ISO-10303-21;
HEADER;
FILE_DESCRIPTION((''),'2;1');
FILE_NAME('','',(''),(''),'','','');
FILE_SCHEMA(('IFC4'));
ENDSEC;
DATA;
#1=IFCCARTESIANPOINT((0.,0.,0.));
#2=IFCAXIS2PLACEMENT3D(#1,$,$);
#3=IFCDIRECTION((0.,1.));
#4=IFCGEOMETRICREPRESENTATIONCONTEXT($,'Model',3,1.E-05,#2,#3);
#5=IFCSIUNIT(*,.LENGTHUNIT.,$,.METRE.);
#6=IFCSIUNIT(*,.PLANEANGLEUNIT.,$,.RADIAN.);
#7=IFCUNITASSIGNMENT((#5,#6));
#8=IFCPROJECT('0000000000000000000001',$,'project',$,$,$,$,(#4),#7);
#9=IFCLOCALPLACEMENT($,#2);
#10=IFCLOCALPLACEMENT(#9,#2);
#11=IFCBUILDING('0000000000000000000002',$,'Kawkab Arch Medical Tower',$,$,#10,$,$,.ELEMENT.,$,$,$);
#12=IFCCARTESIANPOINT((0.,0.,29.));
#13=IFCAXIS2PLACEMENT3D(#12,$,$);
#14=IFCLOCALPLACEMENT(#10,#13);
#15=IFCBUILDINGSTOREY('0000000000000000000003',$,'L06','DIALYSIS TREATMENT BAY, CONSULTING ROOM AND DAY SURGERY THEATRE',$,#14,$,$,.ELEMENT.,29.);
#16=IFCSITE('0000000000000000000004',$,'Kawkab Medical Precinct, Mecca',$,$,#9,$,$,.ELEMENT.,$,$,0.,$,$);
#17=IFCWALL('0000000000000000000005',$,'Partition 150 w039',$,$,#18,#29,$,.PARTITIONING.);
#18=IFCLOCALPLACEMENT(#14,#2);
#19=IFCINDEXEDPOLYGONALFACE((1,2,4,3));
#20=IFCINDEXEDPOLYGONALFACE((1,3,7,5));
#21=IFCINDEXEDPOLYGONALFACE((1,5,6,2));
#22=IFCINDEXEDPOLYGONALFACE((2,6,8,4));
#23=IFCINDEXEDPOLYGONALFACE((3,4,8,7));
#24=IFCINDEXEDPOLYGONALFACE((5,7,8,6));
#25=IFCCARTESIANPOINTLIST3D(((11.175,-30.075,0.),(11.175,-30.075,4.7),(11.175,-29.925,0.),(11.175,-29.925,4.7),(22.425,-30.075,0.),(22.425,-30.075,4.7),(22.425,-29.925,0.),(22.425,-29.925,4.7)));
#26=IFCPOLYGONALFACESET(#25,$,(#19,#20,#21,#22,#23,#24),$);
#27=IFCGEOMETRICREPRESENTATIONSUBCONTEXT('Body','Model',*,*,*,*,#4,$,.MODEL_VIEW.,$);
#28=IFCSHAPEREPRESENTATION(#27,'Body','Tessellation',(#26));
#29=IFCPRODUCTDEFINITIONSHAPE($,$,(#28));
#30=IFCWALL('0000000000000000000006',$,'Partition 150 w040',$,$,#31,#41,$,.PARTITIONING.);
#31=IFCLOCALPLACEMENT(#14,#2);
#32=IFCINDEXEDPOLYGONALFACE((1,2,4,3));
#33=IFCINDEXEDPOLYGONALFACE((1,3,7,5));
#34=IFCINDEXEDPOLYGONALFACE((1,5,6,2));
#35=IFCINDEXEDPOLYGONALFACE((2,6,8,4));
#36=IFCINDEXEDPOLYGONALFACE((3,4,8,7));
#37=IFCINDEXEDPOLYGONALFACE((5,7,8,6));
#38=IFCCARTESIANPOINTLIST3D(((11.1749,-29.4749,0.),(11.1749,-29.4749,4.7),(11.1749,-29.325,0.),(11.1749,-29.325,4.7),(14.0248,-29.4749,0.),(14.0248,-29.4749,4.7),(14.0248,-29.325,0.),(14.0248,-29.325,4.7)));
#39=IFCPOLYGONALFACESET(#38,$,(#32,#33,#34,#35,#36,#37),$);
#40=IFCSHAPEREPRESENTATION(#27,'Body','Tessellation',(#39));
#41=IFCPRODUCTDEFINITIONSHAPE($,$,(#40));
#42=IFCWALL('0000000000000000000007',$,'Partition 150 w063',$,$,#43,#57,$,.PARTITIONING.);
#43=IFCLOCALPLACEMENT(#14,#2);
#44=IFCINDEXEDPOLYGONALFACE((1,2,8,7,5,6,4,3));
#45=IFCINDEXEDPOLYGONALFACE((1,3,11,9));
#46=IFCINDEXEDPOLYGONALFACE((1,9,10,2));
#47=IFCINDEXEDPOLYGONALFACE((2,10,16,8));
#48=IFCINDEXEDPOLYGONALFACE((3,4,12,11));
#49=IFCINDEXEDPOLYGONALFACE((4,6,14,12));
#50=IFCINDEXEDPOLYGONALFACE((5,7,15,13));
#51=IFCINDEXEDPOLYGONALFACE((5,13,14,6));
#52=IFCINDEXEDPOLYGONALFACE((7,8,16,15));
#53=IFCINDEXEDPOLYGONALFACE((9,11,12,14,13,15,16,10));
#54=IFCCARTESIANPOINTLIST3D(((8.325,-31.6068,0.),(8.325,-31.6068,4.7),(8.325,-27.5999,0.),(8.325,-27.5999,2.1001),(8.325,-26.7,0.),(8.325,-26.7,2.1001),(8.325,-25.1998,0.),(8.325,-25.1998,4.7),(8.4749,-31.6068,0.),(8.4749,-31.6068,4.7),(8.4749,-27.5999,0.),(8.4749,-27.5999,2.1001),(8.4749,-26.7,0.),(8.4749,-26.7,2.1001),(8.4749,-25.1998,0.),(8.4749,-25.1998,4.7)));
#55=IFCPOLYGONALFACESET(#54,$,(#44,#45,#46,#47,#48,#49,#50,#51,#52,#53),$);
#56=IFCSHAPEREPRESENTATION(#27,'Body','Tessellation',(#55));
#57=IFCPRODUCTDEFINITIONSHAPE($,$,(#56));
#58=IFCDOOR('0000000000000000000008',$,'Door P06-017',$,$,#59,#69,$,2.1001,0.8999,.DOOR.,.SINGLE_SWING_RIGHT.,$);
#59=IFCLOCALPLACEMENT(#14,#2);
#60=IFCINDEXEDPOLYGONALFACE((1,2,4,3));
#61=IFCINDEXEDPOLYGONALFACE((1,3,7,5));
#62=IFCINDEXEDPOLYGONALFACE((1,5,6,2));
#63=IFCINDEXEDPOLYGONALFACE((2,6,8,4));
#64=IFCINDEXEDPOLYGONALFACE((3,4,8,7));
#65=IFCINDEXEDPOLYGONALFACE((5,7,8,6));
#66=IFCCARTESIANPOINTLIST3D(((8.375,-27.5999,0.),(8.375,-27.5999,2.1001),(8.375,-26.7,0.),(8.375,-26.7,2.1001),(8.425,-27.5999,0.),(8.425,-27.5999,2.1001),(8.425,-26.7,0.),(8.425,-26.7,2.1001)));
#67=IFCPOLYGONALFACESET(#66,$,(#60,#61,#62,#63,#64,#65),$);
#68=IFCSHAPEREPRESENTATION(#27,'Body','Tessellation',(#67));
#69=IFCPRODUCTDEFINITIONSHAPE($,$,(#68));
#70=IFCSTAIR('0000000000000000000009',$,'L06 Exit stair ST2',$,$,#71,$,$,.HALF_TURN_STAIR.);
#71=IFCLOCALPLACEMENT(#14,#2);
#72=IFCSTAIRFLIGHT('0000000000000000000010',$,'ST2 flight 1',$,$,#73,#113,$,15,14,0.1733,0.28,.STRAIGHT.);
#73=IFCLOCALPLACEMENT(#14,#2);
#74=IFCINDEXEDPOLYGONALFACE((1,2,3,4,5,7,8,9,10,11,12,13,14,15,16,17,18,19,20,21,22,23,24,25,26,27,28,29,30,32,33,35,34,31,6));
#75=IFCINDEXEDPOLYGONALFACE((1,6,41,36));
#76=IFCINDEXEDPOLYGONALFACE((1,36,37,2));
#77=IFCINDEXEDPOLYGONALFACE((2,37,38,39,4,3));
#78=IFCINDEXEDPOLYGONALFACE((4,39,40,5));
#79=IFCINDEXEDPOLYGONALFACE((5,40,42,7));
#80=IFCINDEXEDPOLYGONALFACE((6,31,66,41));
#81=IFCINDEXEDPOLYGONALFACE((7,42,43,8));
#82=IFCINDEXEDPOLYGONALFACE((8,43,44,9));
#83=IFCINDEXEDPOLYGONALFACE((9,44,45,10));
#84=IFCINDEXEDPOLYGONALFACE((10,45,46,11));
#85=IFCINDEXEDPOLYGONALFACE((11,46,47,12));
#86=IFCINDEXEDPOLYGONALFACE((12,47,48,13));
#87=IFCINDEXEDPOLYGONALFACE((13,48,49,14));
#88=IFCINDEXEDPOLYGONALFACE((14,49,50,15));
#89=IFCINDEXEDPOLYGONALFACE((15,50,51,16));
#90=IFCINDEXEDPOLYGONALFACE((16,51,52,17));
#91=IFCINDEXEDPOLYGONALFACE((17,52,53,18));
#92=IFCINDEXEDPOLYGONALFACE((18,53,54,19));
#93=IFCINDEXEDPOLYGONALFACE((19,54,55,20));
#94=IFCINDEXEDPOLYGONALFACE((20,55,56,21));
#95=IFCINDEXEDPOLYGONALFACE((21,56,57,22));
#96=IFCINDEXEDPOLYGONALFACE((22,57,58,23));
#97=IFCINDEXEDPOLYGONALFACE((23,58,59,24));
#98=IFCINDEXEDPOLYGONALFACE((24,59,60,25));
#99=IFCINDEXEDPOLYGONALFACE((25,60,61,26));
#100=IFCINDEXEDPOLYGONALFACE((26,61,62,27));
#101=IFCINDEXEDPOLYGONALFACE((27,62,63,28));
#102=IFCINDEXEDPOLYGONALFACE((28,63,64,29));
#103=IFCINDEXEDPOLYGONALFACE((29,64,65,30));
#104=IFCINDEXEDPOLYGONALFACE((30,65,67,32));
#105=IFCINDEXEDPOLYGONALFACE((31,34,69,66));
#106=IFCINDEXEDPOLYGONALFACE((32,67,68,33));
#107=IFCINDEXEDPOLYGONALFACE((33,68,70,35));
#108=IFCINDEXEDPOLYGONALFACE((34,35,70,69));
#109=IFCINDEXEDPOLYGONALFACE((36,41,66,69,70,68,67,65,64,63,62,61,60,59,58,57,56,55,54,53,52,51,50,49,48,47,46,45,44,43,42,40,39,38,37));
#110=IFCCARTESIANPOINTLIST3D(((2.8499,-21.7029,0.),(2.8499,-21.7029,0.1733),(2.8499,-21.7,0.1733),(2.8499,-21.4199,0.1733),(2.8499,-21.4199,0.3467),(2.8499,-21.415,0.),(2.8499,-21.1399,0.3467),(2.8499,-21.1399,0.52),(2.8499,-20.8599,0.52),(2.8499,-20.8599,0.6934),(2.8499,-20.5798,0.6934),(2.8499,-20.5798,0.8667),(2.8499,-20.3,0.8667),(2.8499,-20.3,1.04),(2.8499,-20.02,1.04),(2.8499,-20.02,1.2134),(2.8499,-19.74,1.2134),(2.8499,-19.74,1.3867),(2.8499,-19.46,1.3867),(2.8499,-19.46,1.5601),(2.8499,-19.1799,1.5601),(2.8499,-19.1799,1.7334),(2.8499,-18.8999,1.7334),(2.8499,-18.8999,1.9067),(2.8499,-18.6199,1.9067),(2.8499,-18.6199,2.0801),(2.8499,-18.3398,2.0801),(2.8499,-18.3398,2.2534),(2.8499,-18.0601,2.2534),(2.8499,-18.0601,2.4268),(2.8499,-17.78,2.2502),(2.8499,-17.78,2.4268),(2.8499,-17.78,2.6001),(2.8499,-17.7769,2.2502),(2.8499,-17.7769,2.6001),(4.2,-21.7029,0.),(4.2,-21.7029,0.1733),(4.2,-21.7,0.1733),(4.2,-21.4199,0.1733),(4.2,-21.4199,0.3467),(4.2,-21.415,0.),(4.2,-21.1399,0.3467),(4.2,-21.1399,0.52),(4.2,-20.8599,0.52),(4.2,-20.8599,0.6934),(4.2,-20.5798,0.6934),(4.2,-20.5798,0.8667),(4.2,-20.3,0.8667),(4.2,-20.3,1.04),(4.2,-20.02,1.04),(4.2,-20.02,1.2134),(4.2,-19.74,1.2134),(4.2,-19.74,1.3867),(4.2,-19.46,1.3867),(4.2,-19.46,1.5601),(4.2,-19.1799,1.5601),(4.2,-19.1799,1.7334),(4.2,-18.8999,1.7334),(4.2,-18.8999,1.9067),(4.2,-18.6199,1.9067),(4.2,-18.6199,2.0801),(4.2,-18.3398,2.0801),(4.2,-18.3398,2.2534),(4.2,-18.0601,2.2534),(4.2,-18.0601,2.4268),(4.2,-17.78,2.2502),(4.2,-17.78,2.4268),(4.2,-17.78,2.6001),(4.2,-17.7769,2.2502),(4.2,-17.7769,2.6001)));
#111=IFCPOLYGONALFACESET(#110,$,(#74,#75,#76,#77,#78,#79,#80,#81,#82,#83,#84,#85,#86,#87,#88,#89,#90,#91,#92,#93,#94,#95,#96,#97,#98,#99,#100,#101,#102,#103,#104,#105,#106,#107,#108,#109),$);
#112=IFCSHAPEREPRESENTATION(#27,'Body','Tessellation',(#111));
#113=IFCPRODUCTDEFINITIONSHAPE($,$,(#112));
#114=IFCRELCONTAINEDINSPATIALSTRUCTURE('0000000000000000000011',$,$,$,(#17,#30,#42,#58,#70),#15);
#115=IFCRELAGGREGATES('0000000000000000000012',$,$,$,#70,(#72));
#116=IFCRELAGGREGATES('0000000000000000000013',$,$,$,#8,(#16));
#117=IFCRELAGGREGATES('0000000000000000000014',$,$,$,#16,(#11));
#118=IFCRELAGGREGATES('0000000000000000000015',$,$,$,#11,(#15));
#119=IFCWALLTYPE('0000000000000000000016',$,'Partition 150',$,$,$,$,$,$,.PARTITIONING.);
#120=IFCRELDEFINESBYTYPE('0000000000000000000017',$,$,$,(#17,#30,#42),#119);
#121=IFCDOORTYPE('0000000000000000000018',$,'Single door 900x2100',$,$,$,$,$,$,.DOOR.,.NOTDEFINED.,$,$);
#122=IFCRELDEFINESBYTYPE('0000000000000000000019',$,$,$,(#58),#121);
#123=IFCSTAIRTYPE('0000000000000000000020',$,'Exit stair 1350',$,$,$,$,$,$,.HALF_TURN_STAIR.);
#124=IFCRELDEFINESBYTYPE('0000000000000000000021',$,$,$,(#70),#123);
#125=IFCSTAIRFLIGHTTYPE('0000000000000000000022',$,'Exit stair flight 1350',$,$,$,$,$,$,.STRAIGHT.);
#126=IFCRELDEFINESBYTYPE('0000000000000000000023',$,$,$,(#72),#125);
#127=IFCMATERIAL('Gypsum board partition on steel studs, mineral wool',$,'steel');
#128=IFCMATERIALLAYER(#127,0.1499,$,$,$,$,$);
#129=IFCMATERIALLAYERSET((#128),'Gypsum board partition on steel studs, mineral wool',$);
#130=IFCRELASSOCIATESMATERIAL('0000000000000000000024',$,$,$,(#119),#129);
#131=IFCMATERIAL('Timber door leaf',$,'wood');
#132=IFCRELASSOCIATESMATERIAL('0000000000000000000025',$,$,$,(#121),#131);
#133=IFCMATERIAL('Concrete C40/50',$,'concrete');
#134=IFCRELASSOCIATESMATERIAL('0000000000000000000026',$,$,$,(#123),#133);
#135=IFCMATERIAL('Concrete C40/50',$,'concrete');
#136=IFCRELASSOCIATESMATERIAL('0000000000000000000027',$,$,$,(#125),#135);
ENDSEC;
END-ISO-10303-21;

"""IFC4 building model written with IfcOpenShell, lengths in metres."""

from ifc_helpers import new_model, si_unit, direction, frame, frame_2d, origin, place, context, subcontext, project, spatial, polyline, rectangle, outline, extrude, material, layer, layer_set, type_object, element, fill, aggregate, save


model = new_model("IFC4")

# Units and contexts
model_context = context("Model", 3, precision=1e-05, world=origin(), true_north=direction((0.0, 1.0)))
body_context = subcontext(model_context, "Body", "Model", "MODEL_VIEW")
ifc_project = project(units=[si_unit("LENGTHUNIT", "METRE"), si_unit("PLANEANGLEUNIT", "RADIAN")], contexts=[model_context])

# Site, building, storey
site_placement = place(None, origin())
site = spatial("IfcSite", under=ifc_project, at=site_placement, Name="Kawkab Medical Precinct, Mecca", CompositionType="ELEMENT", RefElevation=0.0)
building_placement = place(site_placement, origin())
building = spatial("IfcBuilding", under=site, at=building_placement, Name="Kawkab Arch Medical Tower", CompositionType="ELEMENT")
storey_placement = place(building_placement, frame((0.0, 0.0, 29.0)))
storey = spatial("IfcBuildingStorey", under=building, at=storey_placement, Name="L06", Description="DIALYSIS TREATMENT BAY, CONSULTING ROOM AND DAY SURGERY THEATRE", CompositionType="ELEMENT", Elevation=29.0)

# Walls
ifc_material_1 = material(Name="Gypsum board partition on steel studs, mineral wool", Category="steel")
ifc_layer_1 = layer(ifc_material_1, 0.1499)
ifc_layer_set_1 = layer_set([ifc_layer_1], Name="Gypsum board partition on steel studs, mineral wool")
wall_type_1 = type_object("IfcWallType", Name="Partition 150", PredefinedType="PARTITIONING", material=ifc_layer_set_1)
wall_1_placement = place(storey_placement, frame((11.175, -30.0, 0.0), z_axis=(0.0, 0.0, 1.0), x_axis=(1.0, 0.0, 0.0)))
element("IfcWall", 1, at=wall_1_placement, inside=storey, type_object=wall_type_1, Name="Partition 150 w039", PredefinedType="PARTITIONING", context=body_context, shape_type="SweptSolid", body=[
    extrude(rectangle(XDim=11.25, YDim=0.1499, at=frame_2d((5.625, 0.0))), origin(), (0.0, 0.0, 1.0), 4.7),
])
wall_2_placement = place(storey_placement, frame((11.175, -29.3999, 0.0), z_axis=(0.0, 0.0, 1.0), x_axis=(1.0, 0.0, 0.0)))
element("IfcWall", 2, at=wall_2_placement, inside=storey, type_object=wall_type_1, Name="Partition 150 w040", PredefinedType="PARTITIONING", context=body_context, shape_type="SweptSolid", body=[
    extrude(rectangle(XDim=2.8499, YDim=0.1499, at=frame_2d((1.4248, 0.0))), origin(), (0.0, 0.0, 1.0), 4.7),
])

# Wall, opening, door
wall_3_placement = place(storey_placement, frame((8.3999, -31.6069, 0.0), z_axis=(0.0, 0.0, 1.0), x_axis=(0.0, 1.0, 0.0)))
wall_3 = element("IfcWall", 3, at=wall_3_placement, inside=storey, type_object=wall_type_1, Name="Partition 150 w063", PredefinedType="PARTITIONING", context=body_context, shape_type="SweptSolid", body=[
    extrude(rectangle(XDim=6.407, YDim=0.1499, at=frame_2d((3.2036, 0.0))), origin(), (0.0, 0.0, 1.0), 4.7),
])
opening_1_placement = place(wall_3_placement, frame((4.0071, 0.0, 0.0)))
opening_1 = element("IfcOpeningElement", 4, at=opening_1_placement, cuts=wall_3, PredefinedType="OPENING", context=body_context, shape_type="SweptSolid", body=[
    extrude(rectangle(XDim=0.8999, YDim=2.1001, at=frame_2d((0.45, 1.05))), frame((0.0, 0.085, 0.0), z_axis=(0.0, -1.0, 0.0), x_axis=(1.0, 0.0, 0.0)), (0.0, 0.0, 1.0), 0.1699),
])
ifc_material_2 = material(Name="Timber door leaf", Category="wood")
door_type_1 = type_object("IfcDoorType", Name="Single door 900x2100", OperationType="NOTDEFINED", PredefinedType="DOOR", material=ifc_material_2)
door_1_placement = place(opening_1_placement, origin())
door_1 = element("IfcDoor", 5, at=door_1_placement, inside=storey, type_object=door_type_1, Name="Door P06-017", OperationType="SINGLE_SWING_RIGHT", OverallHeight=2.1001, OverallWidth=0.8999, PredefinedType="DOOR", context=body_context, shape_type="SweptSolid", body=[
    extrude(rectangle(XDim=0.8999, YDim=2.1001, at=frame_2d((0.45, 1.05))), frame((0.0, 0.0249, 0.0), z_axis=(0.0, -1.0, 0.0), x_axis=(1.0, 0.0, 0.0)), (0.0, 0.0, 1.0), 0.05),
])
fill(opening_1, door_1)

# Stair, stair flight
ifc_material_3 = material(Name="Concrete C40/50", Category="concrete")
stair_type = type_object("IfcStairType", Name="Exit stair 1350", PredefinedType="HALF_TURN_STAIR", material=ifc_material_3)
stair_placement = place(storey_placement, origin())
stair = element("IfcStair", 6, at=stair_placement, inside=storey, type_object=stair_type, Name="L06 Exit stair ST2", PredefinedType="HALF_TURN_STAIR")
ifc_material_4 = material(Name="Concrete C40/50", Category="concrete")
stair_flight_type = type_object("IfcStairFlightType", Name="Exit stair flight 1350", PredefinedType="STRAIGHT", material=ifc_material_4)
stair_flight_placement = place(storey_placement, frame((3.5249, -21.7, 0.0), z_axis=(0.0, 0.0, 1.0), x_axis=(0.0, 1.0, 0.0)))
stair_flight = element("IfcStairFlight", 7, at=stair_flight_placement, type_object=stair_flight_type, Name="ST2 flight 1", NumberOfRisers=15, NumberOfTreads=14, PredefinedType="STRAIGHT", RiserHeight=0.1733, TreadLength=0.28, context=body_context, shape_type="SweptSolid", body=[
    extrude(outline(polyline([(-0.0029, 0.0), (-0.0029, 0.1733), (0.0, 0.1733), (0.28, 0.1733), (0.28, 0.3467), (0.5601, 0.3467), (0.5601, 0.52), (0.8401, 0.52), (0.8401, 0.6934), (1.1201, 0.6934), (1.1201, 0.8667), (1.3999, 0.8667), (1.3999, 1.04), (1.6799, 1.04), (1.6799, 1.2134), (1.96, 1.2134), (1.96, 1.3867), (2.24, 1.3867), (2.24, 1.5601), (2.52, 1.5601), (2.52, 1.7334), (2.8, 1.7334), (2.8, 1.9067), (3.0801, 1.9067), (3.0801, 2.0801), (3.3601, 2.0801), (3.3601, 2.2534), (3.6399, 2.2534), (3.6399, 2.4268), (3.9199, 2.4268), (3.9199, 2.6001), (3.9231, 2.6001), (3.9231, 2.2502), (3.9199, 2.2502), (0.2849, 0.0), (-0.0029, 0.0)])), frame((0.0, 0.675, 0.0), z_axis=(0.0, -1.0, 0.0), x_axis=(1.0, 0.0, 0.0)), (0.0, 0.0, 1.0), 1.3501),
])
aggregate(stair, [stair_flight])

save(model, "model.ifc")
